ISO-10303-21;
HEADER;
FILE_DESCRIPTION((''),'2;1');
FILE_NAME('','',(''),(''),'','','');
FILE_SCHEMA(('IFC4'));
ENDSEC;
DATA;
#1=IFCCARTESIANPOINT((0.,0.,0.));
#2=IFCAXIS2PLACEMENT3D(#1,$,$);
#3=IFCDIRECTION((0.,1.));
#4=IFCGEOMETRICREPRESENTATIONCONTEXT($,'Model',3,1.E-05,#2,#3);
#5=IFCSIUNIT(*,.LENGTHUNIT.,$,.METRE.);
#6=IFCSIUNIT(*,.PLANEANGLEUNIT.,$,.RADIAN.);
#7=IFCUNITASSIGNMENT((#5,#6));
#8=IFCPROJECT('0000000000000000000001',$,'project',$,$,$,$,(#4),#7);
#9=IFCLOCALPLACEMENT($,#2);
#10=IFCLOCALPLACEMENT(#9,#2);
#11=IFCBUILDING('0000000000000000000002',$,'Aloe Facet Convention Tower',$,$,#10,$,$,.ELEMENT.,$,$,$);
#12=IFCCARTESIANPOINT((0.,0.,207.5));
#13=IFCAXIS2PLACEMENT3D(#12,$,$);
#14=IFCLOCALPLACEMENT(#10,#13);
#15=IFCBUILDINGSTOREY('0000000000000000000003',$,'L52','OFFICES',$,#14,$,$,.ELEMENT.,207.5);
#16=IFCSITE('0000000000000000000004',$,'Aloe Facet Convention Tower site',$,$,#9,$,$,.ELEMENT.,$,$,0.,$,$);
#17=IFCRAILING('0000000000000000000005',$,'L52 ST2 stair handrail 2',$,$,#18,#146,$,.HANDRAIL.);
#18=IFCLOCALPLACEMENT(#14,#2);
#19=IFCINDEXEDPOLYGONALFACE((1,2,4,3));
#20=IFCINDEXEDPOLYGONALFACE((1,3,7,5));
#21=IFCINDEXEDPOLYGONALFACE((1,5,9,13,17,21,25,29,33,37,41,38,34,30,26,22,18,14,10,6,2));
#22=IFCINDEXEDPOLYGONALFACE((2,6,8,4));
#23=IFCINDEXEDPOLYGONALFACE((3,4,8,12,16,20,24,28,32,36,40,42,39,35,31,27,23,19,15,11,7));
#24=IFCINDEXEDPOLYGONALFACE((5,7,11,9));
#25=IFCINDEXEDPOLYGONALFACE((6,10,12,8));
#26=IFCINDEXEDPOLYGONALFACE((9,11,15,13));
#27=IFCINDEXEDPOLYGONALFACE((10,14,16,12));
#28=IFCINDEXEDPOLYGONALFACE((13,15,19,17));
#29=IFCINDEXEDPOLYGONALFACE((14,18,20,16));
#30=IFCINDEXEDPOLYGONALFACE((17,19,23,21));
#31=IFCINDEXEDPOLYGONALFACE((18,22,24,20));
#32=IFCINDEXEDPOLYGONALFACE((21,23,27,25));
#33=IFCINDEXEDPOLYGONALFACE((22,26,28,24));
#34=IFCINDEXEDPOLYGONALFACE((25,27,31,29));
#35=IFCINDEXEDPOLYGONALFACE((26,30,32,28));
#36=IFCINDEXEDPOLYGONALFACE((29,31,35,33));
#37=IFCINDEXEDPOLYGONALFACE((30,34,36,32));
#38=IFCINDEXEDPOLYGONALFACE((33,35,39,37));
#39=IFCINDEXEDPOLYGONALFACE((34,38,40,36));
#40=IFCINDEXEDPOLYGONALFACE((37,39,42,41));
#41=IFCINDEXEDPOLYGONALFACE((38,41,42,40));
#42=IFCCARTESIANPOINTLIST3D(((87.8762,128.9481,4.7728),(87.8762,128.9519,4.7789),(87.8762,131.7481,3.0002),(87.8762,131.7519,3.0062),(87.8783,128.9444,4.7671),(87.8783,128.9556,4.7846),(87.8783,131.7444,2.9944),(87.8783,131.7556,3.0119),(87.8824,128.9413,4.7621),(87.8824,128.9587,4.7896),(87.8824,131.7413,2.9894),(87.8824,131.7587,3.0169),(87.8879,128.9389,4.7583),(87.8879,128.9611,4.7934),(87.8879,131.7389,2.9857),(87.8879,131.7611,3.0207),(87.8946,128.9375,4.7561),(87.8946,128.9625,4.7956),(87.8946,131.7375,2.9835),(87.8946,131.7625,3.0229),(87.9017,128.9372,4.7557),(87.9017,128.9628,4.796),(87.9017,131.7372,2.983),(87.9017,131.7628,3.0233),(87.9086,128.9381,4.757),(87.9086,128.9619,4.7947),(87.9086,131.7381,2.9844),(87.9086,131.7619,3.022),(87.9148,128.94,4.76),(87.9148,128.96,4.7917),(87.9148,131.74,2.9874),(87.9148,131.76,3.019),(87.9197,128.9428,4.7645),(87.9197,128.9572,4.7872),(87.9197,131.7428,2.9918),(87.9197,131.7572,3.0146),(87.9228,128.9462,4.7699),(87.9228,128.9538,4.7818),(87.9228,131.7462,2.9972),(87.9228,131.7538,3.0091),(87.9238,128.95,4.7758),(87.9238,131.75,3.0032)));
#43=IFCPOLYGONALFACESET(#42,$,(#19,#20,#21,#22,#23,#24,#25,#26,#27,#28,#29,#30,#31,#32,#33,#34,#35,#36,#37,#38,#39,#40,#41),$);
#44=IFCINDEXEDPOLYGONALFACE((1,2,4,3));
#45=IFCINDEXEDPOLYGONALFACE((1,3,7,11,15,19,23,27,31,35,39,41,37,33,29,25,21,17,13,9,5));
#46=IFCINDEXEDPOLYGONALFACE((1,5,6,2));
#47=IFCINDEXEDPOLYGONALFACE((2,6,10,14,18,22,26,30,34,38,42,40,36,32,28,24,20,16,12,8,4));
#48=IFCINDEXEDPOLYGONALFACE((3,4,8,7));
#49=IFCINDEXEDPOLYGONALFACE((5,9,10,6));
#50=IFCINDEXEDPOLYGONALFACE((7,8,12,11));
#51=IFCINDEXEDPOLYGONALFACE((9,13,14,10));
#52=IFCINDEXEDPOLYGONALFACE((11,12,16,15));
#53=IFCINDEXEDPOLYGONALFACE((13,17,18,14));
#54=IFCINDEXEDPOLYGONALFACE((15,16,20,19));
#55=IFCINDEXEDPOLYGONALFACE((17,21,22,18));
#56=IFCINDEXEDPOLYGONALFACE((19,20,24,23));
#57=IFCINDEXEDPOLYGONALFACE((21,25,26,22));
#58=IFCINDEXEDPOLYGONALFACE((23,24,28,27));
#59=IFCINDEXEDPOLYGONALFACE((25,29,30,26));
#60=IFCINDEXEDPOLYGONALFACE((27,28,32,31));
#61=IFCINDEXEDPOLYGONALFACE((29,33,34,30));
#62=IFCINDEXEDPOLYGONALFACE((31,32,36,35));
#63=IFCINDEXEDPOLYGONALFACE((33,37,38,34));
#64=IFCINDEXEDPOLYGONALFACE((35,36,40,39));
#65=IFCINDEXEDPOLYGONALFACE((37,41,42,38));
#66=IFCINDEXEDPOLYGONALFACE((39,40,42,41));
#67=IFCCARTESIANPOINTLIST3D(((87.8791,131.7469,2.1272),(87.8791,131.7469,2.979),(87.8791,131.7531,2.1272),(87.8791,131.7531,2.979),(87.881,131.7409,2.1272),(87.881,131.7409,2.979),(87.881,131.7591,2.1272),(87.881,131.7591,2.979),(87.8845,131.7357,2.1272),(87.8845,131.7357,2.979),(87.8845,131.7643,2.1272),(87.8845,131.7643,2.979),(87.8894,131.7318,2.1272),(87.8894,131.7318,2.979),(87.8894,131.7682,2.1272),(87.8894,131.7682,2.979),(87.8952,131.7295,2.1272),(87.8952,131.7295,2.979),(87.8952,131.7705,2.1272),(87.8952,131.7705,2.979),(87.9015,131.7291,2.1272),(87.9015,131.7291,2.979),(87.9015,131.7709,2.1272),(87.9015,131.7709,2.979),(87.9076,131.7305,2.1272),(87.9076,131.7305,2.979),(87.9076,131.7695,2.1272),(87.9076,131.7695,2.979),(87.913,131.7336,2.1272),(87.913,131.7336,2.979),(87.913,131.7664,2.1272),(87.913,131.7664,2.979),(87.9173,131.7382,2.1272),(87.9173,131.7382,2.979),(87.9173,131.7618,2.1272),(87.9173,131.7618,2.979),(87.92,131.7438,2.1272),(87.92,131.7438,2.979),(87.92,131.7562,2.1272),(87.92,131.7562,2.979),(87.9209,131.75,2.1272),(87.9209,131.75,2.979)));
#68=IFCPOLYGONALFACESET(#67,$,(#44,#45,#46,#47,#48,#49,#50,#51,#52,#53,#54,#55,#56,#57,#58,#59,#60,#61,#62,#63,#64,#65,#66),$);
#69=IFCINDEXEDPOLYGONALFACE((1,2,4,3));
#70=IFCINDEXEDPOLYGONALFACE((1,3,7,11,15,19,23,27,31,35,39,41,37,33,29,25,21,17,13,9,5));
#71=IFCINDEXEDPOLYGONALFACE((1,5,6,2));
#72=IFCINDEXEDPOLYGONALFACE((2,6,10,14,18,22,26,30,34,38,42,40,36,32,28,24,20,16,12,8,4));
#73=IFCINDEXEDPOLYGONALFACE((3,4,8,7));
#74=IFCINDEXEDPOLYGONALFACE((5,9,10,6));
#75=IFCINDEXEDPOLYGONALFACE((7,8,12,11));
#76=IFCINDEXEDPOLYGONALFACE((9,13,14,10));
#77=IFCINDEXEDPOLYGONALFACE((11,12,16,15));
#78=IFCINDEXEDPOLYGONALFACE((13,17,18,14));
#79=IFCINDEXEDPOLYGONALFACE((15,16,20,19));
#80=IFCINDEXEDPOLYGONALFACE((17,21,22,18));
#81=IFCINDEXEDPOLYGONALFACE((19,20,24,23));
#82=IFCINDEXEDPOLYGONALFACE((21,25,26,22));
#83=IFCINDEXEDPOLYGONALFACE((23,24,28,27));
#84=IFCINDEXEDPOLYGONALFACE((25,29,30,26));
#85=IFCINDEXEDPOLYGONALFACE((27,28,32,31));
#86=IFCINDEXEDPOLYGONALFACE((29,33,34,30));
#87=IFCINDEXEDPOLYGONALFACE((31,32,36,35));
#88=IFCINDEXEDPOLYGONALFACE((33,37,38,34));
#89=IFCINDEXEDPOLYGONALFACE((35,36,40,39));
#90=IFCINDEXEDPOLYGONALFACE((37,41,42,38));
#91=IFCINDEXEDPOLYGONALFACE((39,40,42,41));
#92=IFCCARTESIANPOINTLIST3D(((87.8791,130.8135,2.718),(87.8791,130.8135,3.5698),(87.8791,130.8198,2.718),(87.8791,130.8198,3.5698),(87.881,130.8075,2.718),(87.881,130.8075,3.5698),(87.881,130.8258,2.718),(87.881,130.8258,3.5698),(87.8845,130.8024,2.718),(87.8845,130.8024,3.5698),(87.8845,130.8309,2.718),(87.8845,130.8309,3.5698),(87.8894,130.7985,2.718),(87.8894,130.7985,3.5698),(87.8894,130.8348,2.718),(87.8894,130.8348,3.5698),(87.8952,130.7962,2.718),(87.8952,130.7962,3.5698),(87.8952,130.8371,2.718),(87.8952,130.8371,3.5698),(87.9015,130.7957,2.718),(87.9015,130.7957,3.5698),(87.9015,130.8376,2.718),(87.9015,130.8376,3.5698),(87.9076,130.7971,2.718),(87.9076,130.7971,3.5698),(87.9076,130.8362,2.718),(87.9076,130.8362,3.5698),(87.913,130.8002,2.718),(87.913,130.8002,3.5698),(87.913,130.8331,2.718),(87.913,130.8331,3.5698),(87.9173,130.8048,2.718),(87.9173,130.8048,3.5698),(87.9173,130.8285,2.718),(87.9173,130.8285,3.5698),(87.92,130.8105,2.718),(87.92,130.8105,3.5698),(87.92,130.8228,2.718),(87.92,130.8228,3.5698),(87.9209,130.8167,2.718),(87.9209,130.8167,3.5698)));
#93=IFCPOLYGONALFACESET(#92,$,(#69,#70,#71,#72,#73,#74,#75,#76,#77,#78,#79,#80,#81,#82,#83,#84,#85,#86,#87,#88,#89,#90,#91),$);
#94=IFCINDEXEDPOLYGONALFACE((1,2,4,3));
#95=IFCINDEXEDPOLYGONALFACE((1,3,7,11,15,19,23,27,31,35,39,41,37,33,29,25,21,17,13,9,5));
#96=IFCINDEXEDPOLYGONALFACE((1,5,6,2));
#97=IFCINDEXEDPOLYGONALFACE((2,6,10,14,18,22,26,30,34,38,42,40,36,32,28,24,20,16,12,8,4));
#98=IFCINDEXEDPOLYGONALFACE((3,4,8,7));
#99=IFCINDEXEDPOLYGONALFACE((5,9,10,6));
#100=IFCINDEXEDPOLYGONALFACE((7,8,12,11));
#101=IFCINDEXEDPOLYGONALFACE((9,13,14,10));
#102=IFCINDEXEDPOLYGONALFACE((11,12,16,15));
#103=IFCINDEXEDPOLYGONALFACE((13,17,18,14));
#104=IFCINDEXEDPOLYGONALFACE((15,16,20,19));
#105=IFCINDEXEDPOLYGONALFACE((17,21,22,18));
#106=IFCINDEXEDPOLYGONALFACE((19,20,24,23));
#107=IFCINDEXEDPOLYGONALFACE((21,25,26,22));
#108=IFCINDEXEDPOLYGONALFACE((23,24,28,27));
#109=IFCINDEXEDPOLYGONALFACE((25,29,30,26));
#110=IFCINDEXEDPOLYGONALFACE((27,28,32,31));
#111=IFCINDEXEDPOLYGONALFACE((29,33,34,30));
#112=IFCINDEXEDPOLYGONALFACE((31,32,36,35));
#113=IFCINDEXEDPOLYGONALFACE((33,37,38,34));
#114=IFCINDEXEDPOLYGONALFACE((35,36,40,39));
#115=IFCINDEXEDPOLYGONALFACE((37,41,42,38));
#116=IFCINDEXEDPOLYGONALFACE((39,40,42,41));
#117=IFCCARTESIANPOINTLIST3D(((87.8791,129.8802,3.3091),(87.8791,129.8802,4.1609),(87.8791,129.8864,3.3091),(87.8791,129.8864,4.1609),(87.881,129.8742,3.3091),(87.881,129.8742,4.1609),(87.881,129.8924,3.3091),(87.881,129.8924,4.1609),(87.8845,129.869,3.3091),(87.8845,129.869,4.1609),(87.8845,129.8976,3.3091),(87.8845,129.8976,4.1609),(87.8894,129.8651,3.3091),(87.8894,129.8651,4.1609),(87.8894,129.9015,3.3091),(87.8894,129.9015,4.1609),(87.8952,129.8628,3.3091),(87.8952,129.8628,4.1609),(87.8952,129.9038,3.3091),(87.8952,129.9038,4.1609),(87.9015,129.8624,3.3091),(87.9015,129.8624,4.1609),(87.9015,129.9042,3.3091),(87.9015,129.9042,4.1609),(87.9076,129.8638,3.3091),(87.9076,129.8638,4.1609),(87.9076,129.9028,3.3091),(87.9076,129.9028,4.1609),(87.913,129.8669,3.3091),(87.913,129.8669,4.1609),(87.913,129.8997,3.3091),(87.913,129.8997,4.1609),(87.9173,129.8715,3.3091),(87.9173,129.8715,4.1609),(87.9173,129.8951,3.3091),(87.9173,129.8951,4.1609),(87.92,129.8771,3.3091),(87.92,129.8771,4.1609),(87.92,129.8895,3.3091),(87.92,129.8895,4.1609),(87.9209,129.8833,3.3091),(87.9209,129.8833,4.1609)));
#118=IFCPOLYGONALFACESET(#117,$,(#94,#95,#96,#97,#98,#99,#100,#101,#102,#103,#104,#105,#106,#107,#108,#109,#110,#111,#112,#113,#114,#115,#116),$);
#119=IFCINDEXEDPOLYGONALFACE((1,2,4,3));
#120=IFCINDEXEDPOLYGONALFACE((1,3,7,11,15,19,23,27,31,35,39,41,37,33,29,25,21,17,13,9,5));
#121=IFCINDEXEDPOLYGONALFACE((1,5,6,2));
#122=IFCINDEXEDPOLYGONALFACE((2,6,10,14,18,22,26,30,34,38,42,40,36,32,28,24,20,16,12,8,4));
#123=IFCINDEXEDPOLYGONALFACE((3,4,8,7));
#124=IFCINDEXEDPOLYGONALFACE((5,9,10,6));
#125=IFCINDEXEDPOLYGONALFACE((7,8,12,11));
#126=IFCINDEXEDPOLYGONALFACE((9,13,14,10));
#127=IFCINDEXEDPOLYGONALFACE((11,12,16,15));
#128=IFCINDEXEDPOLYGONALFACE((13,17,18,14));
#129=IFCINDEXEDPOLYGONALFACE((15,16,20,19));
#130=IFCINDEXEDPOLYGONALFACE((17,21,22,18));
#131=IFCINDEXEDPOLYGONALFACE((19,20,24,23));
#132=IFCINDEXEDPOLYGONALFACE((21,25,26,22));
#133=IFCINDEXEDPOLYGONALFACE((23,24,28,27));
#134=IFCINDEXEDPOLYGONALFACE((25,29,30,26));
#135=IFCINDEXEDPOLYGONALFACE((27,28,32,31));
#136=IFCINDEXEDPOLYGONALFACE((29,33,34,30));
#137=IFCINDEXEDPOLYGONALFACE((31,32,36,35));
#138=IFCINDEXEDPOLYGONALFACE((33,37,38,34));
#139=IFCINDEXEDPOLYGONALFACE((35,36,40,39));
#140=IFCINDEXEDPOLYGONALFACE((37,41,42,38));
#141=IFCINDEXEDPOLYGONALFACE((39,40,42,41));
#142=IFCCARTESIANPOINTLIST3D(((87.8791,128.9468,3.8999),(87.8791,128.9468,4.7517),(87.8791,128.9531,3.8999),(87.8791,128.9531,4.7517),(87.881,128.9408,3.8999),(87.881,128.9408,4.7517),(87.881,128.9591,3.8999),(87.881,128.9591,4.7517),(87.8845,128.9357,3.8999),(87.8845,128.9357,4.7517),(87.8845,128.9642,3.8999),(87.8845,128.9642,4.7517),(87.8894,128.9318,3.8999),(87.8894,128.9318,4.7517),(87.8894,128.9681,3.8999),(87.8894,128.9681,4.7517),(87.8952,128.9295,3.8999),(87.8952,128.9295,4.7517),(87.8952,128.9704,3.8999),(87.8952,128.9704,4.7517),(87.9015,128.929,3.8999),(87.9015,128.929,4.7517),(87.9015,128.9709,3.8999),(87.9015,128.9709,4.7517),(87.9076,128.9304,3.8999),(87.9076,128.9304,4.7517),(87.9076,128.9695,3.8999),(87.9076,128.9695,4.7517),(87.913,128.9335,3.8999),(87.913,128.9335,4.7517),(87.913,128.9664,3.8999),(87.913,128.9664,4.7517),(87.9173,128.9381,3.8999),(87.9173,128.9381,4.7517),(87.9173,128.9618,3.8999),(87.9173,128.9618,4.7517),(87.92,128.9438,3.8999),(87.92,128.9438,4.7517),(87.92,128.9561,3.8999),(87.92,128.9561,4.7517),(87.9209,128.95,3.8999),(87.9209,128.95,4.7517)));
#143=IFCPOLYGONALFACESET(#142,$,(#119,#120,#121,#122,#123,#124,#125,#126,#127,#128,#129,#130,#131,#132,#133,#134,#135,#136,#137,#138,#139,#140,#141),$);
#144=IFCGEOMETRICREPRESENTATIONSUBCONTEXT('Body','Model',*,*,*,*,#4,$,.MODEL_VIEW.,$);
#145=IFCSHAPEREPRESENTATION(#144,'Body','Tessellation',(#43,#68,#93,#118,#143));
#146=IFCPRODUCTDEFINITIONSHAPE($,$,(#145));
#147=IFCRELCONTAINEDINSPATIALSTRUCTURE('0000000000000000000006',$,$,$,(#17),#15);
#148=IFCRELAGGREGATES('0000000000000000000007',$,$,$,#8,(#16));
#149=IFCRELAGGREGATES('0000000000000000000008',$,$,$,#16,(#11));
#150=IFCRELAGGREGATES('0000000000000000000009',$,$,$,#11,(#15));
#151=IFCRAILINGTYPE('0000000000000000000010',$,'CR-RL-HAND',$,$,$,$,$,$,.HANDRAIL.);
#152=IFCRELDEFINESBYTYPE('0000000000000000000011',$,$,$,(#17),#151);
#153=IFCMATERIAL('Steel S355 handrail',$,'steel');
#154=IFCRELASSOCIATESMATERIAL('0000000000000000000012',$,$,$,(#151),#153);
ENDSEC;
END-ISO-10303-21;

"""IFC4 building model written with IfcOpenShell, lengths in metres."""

from ifc_helpers import new_model, si_unit, direction, frame, origin, origin_2d, place, context, subcontext, project, spatial, circle, extrude, material, type_object, element, save


model = new_model("IFC4")

# Units and contexts
model_context = context("Model", 3, precision=1e-05, world=origin(), true_north=direction((0.0, 1.0)))
body_context = subcontext(model_context, "Body", "Model", "MODEL_VIEW")
ifc_project = project(units=[si_unit("LENGTHUNIT", "METRE"), si_unit("PLANEANGLEUNIT", "RADIAN")], contexts=[model_context])

# Site, building, storey
site_placement = place(None, origin())
site = spatial("IfcSite", under=ifc_project, at=site_placement, Name="Aloe Facet Convention Tower site", CompositionType="ELEMENT", RefElevation=0.0)
building_placement = place(site_placement, origin())
building = spatial("IfcBuilding", under=site, at=building_placement, Name="Aloe Facet Convention Tower", CompositionType="ELEMENT")
storey_placement = place(building_placement, frame((0.0, 0.0, 207.5)))
storey = spatial("IfcBuildingStorey", under=building, at=storey_placement, Name="L52", Description="OFFICES", CompositionType="ELEMENT", Elevation=207.5)

# Railing
ifc_material_1 = material(Name="Steel S355 handrail", Category="steel")
railing_type_1 = type_object("IfcRailingType", Name="CR-RL-HAND", PredefinedType="HANDRAIL", material=ifc_material_1)
railing_1_placement = place(storey_placement, frame((87.8999, 131.75, 2.1272)))
element("IfcRailing", 1, at=railing_1_placement, inside=storey, type_object=railing_type_1, Name="L52 ST2 stair handrail 2", PredefinedType="HANDRAIL", context=body_context, shape_type="SweptSolid", body=[
    extrude(circle(Radius=0.0239, at=origin_2d()), frame((0.0, 0.0, 0.876), z_axis=(0.0, -0.844909, 0.53491), x_axis=(1.0, 0.0, 0.0)), (0.0, 0.0, 1.0), 3.314),
    extrude(circle(Radius=0.021, at=origin_2d()), origin(), (0.0, 0.0, 1.0), 0.8518),
    extrude(circle(Radius=0.021, at=origin_2d()), frame((0.0, -0.9333, 0.5908)), (0.0, 0.0, 1.0), 0.8518),
    extrude(circle(Radius=0.021, at=origin_2d()), frame((0.0, -1.8667, 1.1819)), (0.0, 0.0, 1.0), 0.8518),
    extrude(circle(Radius=0.021, at=origin_2d()), frame((0.0, -2.8, 1.7727)), (0.0, 0.0, 1.0), 0.8518),
])

save(model, "model.ifc")
